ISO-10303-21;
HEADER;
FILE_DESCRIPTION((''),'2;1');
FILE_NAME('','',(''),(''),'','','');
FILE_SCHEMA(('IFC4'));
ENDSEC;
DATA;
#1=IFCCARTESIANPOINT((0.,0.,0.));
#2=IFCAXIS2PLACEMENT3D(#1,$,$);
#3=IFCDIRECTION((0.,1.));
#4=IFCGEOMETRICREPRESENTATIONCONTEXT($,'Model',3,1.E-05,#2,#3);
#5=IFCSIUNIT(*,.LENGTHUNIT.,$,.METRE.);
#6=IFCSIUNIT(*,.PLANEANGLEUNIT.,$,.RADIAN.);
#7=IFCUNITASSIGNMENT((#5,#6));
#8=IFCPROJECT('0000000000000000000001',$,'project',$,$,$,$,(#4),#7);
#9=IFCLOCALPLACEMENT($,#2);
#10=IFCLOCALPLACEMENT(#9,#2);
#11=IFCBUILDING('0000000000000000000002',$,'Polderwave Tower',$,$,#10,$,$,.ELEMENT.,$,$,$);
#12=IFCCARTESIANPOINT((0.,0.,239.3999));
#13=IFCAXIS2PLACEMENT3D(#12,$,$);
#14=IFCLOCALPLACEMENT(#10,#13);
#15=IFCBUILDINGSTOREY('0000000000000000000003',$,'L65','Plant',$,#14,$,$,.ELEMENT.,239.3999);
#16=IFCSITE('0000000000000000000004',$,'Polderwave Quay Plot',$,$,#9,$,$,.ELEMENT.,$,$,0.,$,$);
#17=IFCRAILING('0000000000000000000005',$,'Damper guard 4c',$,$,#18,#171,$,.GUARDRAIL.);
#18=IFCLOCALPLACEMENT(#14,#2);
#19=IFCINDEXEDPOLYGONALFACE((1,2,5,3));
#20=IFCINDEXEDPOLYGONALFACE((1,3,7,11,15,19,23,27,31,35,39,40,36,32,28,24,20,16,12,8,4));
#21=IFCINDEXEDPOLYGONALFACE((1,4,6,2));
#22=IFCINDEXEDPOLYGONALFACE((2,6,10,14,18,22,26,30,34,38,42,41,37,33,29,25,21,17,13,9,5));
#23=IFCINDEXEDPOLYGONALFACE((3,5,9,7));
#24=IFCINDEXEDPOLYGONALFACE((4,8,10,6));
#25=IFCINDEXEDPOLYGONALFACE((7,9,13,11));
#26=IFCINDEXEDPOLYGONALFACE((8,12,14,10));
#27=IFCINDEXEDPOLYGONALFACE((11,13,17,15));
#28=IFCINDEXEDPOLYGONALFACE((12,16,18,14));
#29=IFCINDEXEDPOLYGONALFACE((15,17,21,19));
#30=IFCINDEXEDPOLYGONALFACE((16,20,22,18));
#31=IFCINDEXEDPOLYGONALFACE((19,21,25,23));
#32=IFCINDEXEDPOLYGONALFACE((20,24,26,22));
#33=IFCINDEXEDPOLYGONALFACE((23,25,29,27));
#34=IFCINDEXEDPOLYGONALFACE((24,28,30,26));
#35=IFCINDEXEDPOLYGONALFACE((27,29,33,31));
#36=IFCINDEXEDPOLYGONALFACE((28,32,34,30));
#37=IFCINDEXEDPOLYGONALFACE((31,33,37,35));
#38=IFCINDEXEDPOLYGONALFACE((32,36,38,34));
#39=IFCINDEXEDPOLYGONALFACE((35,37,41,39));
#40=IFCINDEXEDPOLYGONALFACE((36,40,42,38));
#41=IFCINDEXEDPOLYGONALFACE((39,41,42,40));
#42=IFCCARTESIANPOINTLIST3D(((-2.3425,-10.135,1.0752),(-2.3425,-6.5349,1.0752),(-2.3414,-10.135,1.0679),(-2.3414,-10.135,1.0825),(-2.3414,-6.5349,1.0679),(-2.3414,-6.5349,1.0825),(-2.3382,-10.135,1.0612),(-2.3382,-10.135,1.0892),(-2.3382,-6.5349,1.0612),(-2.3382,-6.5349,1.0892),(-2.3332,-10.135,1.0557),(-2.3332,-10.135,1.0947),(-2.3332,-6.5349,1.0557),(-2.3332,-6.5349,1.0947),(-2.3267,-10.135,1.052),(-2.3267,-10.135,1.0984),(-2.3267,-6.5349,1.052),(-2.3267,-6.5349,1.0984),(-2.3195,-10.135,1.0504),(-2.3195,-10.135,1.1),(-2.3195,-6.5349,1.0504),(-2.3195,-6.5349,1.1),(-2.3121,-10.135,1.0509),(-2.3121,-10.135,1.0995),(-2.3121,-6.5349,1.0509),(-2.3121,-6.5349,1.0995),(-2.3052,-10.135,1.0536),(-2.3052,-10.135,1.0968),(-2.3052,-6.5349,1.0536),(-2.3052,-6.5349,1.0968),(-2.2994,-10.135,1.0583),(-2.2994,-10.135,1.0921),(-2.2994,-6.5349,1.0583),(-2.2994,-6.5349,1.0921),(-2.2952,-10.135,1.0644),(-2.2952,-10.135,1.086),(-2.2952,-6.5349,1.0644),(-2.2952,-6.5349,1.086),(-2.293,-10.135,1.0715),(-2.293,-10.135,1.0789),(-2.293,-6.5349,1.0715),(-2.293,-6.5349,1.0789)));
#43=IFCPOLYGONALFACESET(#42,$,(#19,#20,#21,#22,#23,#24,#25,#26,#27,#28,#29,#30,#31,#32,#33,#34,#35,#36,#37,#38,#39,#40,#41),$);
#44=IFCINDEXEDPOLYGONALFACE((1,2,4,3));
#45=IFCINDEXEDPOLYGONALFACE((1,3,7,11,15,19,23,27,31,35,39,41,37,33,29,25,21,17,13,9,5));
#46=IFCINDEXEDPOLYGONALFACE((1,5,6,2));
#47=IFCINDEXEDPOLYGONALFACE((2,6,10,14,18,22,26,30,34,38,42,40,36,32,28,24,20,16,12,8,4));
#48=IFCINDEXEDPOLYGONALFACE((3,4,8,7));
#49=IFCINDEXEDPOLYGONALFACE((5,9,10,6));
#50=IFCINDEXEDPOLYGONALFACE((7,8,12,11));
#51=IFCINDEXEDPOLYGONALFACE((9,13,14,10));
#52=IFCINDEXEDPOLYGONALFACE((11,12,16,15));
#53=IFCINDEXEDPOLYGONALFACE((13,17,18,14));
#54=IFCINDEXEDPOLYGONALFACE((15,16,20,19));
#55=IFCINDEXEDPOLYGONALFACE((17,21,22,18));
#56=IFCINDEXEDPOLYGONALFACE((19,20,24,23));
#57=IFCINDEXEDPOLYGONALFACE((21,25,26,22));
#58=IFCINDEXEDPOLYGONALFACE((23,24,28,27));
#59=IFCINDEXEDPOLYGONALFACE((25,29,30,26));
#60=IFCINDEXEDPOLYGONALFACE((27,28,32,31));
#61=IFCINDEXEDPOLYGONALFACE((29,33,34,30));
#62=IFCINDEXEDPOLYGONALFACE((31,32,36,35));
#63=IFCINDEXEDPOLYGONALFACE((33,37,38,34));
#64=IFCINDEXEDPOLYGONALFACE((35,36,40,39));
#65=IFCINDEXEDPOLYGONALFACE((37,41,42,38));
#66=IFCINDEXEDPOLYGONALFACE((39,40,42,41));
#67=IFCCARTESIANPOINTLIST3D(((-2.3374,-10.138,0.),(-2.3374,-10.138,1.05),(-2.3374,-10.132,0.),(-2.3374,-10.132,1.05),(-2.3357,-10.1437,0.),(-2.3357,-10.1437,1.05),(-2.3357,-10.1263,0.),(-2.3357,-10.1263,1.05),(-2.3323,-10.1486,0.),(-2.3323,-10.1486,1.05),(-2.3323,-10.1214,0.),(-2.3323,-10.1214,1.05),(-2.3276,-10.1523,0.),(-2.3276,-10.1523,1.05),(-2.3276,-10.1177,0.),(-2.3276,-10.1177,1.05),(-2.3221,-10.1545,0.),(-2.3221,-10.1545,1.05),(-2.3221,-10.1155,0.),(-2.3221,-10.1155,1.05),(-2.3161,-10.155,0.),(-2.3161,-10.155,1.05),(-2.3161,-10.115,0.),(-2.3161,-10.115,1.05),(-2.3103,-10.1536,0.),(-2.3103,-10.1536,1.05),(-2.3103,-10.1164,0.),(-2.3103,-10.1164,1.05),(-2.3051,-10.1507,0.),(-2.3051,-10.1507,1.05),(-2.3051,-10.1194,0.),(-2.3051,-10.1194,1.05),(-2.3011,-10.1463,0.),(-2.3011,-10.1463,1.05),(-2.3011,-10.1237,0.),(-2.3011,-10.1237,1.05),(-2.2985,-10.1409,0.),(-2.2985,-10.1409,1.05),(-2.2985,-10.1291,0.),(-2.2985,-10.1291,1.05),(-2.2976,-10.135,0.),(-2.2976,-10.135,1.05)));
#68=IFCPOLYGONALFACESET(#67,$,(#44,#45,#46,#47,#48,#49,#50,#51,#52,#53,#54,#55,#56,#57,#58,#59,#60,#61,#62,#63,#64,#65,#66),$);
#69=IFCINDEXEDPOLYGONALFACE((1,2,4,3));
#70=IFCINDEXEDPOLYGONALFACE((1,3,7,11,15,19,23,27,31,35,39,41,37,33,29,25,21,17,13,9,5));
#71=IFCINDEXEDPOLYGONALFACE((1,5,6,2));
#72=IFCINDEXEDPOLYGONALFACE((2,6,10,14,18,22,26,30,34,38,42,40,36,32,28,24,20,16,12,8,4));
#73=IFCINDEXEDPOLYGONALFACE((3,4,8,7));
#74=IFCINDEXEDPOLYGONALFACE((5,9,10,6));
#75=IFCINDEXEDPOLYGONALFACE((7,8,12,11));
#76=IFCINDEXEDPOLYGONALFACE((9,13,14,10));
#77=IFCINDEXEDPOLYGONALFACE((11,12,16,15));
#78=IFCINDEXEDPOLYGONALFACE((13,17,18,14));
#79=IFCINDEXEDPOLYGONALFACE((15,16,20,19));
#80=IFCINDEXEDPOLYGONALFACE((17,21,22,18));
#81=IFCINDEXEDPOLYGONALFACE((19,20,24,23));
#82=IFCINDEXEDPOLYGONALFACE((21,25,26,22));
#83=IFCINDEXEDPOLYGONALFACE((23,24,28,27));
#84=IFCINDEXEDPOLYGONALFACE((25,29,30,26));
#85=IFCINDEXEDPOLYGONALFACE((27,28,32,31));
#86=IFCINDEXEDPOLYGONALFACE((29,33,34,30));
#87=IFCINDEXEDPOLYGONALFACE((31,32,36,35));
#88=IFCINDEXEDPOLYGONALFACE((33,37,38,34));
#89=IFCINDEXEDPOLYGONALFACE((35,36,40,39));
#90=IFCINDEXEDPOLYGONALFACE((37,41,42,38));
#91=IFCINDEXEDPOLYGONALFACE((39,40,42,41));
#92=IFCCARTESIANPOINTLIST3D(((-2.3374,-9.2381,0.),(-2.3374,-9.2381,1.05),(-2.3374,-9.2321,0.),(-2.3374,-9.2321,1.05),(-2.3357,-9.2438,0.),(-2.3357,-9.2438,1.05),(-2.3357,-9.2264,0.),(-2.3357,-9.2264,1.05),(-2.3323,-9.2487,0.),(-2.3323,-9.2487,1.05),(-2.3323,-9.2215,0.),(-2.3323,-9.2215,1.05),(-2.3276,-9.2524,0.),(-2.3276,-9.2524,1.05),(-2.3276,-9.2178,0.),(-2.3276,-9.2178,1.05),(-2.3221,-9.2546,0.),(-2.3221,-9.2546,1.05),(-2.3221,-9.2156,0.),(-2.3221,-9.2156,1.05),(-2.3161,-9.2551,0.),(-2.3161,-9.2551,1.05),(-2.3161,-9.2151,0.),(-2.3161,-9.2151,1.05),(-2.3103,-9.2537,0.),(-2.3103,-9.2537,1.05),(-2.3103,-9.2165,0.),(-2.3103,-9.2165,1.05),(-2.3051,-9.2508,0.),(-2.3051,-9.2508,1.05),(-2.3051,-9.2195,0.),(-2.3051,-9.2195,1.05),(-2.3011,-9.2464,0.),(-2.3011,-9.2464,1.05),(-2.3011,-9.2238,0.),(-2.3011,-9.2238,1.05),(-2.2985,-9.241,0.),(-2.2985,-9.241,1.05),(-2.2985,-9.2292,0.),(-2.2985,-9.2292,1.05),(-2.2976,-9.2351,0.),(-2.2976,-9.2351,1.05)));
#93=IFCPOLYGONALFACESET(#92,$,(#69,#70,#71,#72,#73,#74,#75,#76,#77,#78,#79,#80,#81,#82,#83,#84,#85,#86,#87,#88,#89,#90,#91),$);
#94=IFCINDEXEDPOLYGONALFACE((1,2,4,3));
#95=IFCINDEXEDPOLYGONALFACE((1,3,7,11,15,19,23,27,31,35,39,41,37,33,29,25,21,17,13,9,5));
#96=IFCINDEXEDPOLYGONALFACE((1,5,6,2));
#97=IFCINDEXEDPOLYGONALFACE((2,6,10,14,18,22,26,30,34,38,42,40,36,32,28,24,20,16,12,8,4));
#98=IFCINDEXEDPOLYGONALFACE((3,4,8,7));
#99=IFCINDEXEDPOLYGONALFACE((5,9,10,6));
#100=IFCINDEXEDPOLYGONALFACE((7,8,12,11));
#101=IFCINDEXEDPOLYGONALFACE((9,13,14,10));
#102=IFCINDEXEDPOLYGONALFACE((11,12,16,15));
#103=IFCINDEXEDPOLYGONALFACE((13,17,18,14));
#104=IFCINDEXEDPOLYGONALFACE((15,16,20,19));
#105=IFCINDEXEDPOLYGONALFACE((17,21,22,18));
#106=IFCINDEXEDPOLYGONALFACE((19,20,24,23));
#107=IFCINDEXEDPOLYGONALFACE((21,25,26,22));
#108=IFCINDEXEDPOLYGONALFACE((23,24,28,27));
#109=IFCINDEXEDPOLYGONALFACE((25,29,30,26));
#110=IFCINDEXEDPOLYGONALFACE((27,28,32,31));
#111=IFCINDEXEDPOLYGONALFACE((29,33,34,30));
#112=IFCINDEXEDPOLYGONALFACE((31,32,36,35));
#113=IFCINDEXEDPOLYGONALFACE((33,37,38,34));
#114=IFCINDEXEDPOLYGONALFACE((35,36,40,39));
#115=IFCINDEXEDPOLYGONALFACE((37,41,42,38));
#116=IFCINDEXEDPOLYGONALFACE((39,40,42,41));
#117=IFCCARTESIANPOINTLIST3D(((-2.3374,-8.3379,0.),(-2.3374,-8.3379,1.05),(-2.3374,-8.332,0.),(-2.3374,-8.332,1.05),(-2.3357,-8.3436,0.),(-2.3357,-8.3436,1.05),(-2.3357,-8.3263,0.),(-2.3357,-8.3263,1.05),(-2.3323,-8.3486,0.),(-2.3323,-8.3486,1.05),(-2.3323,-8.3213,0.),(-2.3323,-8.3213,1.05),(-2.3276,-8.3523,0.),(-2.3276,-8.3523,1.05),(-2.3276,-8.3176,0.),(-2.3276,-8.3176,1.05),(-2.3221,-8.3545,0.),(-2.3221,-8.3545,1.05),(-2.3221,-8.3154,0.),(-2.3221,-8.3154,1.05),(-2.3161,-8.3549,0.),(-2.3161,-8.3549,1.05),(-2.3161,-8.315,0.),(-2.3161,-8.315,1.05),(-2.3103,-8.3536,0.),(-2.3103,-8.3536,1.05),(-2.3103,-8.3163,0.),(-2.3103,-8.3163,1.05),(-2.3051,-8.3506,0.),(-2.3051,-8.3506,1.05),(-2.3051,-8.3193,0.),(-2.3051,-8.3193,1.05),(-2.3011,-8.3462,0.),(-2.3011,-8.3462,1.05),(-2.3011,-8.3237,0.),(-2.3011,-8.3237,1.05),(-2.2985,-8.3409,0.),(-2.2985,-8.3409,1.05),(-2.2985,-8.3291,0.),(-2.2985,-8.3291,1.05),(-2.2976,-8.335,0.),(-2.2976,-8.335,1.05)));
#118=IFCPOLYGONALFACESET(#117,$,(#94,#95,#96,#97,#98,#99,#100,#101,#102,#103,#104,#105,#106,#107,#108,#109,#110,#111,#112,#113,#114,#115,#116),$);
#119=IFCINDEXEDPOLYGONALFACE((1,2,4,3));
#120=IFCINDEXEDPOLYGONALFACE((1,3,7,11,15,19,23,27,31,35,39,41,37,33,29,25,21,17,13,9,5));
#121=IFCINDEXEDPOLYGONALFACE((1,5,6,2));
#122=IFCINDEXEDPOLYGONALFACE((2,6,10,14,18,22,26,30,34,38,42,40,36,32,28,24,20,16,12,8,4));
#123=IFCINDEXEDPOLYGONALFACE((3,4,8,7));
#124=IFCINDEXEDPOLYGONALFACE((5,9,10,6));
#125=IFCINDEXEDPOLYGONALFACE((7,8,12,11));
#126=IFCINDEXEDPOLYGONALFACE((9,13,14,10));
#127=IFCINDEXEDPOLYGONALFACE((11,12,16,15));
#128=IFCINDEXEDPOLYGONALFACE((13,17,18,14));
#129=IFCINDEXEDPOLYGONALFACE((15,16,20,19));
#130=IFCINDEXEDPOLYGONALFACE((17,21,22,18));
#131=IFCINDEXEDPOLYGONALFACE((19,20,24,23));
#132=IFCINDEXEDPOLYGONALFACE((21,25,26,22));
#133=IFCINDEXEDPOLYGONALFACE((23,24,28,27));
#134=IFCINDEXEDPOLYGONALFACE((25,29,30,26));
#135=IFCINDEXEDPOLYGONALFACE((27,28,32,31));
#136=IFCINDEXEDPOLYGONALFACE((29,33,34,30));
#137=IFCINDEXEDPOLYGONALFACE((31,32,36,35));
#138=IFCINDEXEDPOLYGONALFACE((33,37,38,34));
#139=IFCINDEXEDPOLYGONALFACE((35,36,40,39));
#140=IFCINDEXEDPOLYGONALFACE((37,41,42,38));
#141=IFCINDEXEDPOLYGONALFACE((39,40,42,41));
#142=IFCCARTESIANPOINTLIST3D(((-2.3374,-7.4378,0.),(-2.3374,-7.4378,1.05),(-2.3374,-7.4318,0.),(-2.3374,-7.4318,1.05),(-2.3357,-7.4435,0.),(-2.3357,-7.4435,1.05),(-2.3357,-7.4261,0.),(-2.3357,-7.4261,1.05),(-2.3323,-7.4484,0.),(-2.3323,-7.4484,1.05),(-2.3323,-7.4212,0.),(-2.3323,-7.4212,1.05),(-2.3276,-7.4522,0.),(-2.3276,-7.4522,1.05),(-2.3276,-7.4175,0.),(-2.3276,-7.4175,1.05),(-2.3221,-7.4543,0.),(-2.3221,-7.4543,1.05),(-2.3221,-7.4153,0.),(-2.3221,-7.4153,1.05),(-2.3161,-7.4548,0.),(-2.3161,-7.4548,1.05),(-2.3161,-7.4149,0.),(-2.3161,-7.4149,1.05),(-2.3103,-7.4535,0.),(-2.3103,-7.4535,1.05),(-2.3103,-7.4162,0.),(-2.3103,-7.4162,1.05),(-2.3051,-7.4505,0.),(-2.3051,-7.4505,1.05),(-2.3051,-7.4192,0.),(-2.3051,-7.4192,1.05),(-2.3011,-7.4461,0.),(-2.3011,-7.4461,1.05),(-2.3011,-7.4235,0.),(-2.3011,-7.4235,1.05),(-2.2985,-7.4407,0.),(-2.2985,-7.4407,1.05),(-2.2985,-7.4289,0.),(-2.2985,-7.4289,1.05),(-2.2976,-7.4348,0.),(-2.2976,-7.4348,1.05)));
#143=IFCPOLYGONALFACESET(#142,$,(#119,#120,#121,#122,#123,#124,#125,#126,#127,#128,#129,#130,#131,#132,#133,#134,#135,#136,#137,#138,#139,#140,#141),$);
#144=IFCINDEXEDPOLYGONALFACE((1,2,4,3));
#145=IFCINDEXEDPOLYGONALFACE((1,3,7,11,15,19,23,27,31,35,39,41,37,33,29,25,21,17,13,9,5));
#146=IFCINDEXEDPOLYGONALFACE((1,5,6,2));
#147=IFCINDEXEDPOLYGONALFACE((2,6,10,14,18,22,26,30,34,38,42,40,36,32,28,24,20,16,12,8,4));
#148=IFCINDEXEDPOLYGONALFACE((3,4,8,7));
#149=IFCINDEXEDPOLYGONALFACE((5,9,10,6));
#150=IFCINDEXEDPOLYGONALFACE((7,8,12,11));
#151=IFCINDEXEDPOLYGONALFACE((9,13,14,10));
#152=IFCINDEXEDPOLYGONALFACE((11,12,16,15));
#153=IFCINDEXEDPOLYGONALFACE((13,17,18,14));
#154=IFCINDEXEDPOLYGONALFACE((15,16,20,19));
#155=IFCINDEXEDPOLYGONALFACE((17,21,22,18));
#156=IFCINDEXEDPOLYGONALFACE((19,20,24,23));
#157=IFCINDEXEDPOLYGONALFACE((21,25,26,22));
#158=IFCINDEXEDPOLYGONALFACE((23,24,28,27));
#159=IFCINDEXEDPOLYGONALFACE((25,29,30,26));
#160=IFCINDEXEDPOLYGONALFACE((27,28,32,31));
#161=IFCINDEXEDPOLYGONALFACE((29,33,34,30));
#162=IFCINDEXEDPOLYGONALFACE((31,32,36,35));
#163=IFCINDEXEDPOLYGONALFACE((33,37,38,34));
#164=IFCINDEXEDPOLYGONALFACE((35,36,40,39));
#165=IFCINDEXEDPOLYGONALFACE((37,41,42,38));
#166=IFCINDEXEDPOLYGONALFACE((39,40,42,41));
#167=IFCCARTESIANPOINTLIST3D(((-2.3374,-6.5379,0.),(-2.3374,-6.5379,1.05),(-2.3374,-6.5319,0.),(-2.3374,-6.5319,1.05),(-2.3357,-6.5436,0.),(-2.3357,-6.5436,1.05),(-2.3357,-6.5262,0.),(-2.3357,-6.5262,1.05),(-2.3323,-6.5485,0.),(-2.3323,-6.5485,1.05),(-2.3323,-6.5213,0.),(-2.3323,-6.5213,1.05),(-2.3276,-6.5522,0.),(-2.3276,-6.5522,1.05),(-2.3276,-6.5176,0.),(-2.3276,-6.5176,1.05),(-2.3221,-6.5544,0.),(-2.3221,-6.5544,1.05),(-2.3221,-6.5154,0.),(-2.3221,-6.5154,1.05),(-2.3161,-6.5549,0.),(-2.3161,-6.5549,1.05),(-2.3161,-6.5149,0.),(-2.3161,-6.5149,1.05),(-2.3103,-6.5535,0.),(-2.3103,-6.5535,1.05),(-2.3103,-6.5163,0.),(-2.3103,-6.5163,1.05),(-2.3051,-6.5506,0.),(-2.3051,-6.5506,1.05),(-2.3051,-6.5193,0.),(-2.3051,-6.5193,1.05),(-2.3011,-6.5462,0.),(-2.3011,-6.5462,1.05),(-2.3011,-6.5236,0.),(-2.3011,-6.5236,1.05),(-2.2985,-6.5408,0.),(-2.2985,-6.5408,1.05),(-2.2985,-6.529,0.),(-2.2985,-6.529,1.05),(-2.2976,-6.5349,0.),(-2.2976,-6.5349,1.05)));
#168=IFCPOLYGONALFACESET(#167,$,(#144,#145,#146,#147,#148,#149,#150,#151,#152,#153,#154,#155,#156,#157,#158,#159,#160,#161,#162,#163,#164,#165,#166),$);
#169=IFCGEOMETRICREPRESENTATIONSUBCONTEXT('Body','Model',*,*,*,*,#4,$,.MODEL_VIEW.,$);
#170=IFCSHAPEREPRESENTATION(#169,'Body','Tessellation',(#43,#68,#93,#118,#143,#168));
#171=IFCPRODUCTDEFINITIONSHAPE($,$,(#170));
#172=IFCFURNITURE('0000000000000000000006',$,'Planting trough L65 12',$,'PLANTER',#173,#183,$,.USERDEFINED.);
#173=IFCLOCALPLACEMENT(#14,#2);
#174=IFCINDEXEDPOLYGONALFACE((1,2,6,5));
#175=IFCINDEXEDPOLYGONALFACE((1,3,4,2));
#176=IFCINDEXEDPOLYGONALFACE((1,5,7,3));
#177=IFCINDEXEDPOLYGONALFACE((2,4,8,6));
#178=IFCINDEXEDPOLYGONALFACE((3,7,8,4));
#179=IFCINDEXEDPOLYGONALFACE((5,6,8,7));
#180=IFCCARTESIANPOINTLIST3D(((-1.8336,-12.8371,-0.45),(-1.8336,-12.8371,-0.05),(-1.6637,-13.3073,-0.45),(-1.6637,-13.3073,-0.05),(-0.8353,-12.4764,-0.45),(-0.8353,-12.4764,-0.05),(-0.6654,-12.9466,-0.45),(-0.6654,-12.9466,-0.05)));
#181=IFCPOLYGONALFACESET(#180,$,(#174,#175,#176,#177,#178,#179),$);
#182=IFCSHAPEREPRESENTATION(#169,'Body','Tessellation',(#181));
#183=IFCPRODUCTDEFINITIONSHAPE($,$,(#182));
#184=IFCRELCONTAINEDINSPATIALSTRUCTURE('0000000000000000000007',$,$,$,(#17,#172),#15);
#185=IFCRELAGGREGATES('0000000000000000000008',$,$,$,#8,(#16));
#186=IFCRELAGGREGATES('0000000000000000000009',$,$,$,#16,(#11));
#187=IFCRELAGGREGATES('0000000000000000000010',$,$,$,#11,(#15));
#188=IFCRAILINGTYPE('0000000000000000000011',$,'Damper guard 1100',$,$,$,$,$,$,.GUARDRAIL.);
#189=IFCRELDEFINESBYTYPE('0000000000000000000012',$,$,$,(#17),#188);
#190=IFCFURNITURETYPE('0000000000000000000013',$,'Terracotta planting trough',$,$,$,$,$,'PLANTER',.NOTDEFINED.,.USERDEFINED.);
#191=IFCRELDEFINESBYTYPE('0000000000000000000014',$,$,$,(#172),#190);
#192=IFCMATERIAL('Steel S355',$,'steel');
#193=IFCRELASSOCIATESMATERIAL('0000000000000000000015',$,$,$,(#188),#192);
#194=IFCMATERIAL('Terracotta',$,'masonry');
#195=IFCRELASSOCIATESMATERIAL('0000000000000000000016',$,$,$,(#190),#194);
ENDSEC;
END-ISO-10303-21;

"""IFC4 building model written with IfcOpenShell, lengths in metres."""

from ifc_helpers import new_model, si_unit, direction, frame, origin, origin_2d, place, context, subcontext, project, spatial, rectangle, circle, extrude, material, type_object, element, save


model = new_model("IFC4")

# Units and contexts
model_context = context("Model", 3, precision=1e-05, world=origin(), true_north=direction((0.0, 1.0)))
body_context = subcontext(model_context, "Body", "Model", "MODEL_VIEW")
ifc_project = project(units=[si_unit("LENGTHUNIT", "METRE"), si_unit("PLANEANGLEUNIT", "RADIAN")], contexts=[model_context])

# Site, building, storey
site_placement = place(None, origin())
site = spatial("IfcSite", under=ifc_project, at=site_placement, Name="Polderwave Quay Plot", CompositionType="ELEMENT", RefElevation=0.0)
building_placement = place(site_placement, origin())
building = spatial("IfcBuilding", under=site, at=building_placement, Name="Polderwave Tower", CompositionType="ELEMENT")
storey_placement = place(building_placement, frame((0.0, 0.0, 239.3999)))
storey = spatial("IfcBuildingStorey", under=building, at=storey_placement, Name="L65", Description="Plant", CompositionType="ELEMENT", Elevation=239.3999)

# Shared definitions
ifc_material_1 = material(Name="Steel S355", Category="steel")

# Railing
railing_type = type_object("IfcRailingType", Name="Damper guard 1100", PredefinedType="GUARDRAIL", material=ifc_material_1)
railing_1_placement = place(storey_placement, frame((-2.3176, -10.135, 0.0)))
element("IfcRailing", 1, at=railing_1_placement, inside=storey, type_object=railing_type, Name="Damper guard 4c", PredefinedType="GUARDRAIL", context=body_context, shape_type="SweptSolid", body=[
    extrude(circle(Radius=0.0249, at=origin_2d()), frame((0.0, 0.0, 1.0752), z_axis=(0.0, 1.0, 0.0), x_axis=(-1.0, 0.0, 0.0)), (0.0, 0.0, 1.0), 3.6001),
    extrude(circle(Radius=0.02, at=origin_2d()), origin(), (0.0, 0.0, 1.0), 1.05),
    extrude(circle(Radius=0.02, at=origin_2d()), frame((0.0, 0.8999, 0.0)), (0.0, 0.0, 1.0), 1.05),
    extrude(circle(Radius=0.02, at=origin_2d()), frame((0.0, 1.8, 0.0)), (0.0, 0.0, 1.0), 1.05),
    extrude(circle(Radius=0.02, at=origin_2d()), frame((0.0, 2.7002, 0.0)), (0.0, 0.0, 1.0), 1.05),
    extrude(circle(Radius=0.02, at=origin_2d()), frame((0.0, 3.6001, 0.0)), (0.0, 0.0, 1.0), 1.05),
])

# Furniture
ifc_material_2 = material(Name="Terracotta", Category="masonry")
furniture_type = type_object("IfcFurnitureType", Name="Terracotta planting trough", ElementType="PLANTER", AssemblyPlace="NOTDEFINED", PredefinedType="USERDEFINED", material=ifc_material_2)
furniture_placement = place(storey_placement, frame((-1.2495, -12.8918, -0.45), z_axis=(0.0, 0.0, 1.0), x_axis=(0.940504, 0.339782, 0.0)))
element("IfcFurniture", 2, at=furniture_placement, inside=storey, type_object=furniture_type, Name="Planting trough L65 12", ObjectType="PLANTER", PredefinedType="USERDEFINED", context=body_context, shape_type="SweptSolid", body=[
    extrude(rectangle(XDim=1.0615, YDim=0.5, at=origin_2d()), origin(), (0.0, 0.0, 1.0), 0.3999),
])

save(model, "model.ifc")
